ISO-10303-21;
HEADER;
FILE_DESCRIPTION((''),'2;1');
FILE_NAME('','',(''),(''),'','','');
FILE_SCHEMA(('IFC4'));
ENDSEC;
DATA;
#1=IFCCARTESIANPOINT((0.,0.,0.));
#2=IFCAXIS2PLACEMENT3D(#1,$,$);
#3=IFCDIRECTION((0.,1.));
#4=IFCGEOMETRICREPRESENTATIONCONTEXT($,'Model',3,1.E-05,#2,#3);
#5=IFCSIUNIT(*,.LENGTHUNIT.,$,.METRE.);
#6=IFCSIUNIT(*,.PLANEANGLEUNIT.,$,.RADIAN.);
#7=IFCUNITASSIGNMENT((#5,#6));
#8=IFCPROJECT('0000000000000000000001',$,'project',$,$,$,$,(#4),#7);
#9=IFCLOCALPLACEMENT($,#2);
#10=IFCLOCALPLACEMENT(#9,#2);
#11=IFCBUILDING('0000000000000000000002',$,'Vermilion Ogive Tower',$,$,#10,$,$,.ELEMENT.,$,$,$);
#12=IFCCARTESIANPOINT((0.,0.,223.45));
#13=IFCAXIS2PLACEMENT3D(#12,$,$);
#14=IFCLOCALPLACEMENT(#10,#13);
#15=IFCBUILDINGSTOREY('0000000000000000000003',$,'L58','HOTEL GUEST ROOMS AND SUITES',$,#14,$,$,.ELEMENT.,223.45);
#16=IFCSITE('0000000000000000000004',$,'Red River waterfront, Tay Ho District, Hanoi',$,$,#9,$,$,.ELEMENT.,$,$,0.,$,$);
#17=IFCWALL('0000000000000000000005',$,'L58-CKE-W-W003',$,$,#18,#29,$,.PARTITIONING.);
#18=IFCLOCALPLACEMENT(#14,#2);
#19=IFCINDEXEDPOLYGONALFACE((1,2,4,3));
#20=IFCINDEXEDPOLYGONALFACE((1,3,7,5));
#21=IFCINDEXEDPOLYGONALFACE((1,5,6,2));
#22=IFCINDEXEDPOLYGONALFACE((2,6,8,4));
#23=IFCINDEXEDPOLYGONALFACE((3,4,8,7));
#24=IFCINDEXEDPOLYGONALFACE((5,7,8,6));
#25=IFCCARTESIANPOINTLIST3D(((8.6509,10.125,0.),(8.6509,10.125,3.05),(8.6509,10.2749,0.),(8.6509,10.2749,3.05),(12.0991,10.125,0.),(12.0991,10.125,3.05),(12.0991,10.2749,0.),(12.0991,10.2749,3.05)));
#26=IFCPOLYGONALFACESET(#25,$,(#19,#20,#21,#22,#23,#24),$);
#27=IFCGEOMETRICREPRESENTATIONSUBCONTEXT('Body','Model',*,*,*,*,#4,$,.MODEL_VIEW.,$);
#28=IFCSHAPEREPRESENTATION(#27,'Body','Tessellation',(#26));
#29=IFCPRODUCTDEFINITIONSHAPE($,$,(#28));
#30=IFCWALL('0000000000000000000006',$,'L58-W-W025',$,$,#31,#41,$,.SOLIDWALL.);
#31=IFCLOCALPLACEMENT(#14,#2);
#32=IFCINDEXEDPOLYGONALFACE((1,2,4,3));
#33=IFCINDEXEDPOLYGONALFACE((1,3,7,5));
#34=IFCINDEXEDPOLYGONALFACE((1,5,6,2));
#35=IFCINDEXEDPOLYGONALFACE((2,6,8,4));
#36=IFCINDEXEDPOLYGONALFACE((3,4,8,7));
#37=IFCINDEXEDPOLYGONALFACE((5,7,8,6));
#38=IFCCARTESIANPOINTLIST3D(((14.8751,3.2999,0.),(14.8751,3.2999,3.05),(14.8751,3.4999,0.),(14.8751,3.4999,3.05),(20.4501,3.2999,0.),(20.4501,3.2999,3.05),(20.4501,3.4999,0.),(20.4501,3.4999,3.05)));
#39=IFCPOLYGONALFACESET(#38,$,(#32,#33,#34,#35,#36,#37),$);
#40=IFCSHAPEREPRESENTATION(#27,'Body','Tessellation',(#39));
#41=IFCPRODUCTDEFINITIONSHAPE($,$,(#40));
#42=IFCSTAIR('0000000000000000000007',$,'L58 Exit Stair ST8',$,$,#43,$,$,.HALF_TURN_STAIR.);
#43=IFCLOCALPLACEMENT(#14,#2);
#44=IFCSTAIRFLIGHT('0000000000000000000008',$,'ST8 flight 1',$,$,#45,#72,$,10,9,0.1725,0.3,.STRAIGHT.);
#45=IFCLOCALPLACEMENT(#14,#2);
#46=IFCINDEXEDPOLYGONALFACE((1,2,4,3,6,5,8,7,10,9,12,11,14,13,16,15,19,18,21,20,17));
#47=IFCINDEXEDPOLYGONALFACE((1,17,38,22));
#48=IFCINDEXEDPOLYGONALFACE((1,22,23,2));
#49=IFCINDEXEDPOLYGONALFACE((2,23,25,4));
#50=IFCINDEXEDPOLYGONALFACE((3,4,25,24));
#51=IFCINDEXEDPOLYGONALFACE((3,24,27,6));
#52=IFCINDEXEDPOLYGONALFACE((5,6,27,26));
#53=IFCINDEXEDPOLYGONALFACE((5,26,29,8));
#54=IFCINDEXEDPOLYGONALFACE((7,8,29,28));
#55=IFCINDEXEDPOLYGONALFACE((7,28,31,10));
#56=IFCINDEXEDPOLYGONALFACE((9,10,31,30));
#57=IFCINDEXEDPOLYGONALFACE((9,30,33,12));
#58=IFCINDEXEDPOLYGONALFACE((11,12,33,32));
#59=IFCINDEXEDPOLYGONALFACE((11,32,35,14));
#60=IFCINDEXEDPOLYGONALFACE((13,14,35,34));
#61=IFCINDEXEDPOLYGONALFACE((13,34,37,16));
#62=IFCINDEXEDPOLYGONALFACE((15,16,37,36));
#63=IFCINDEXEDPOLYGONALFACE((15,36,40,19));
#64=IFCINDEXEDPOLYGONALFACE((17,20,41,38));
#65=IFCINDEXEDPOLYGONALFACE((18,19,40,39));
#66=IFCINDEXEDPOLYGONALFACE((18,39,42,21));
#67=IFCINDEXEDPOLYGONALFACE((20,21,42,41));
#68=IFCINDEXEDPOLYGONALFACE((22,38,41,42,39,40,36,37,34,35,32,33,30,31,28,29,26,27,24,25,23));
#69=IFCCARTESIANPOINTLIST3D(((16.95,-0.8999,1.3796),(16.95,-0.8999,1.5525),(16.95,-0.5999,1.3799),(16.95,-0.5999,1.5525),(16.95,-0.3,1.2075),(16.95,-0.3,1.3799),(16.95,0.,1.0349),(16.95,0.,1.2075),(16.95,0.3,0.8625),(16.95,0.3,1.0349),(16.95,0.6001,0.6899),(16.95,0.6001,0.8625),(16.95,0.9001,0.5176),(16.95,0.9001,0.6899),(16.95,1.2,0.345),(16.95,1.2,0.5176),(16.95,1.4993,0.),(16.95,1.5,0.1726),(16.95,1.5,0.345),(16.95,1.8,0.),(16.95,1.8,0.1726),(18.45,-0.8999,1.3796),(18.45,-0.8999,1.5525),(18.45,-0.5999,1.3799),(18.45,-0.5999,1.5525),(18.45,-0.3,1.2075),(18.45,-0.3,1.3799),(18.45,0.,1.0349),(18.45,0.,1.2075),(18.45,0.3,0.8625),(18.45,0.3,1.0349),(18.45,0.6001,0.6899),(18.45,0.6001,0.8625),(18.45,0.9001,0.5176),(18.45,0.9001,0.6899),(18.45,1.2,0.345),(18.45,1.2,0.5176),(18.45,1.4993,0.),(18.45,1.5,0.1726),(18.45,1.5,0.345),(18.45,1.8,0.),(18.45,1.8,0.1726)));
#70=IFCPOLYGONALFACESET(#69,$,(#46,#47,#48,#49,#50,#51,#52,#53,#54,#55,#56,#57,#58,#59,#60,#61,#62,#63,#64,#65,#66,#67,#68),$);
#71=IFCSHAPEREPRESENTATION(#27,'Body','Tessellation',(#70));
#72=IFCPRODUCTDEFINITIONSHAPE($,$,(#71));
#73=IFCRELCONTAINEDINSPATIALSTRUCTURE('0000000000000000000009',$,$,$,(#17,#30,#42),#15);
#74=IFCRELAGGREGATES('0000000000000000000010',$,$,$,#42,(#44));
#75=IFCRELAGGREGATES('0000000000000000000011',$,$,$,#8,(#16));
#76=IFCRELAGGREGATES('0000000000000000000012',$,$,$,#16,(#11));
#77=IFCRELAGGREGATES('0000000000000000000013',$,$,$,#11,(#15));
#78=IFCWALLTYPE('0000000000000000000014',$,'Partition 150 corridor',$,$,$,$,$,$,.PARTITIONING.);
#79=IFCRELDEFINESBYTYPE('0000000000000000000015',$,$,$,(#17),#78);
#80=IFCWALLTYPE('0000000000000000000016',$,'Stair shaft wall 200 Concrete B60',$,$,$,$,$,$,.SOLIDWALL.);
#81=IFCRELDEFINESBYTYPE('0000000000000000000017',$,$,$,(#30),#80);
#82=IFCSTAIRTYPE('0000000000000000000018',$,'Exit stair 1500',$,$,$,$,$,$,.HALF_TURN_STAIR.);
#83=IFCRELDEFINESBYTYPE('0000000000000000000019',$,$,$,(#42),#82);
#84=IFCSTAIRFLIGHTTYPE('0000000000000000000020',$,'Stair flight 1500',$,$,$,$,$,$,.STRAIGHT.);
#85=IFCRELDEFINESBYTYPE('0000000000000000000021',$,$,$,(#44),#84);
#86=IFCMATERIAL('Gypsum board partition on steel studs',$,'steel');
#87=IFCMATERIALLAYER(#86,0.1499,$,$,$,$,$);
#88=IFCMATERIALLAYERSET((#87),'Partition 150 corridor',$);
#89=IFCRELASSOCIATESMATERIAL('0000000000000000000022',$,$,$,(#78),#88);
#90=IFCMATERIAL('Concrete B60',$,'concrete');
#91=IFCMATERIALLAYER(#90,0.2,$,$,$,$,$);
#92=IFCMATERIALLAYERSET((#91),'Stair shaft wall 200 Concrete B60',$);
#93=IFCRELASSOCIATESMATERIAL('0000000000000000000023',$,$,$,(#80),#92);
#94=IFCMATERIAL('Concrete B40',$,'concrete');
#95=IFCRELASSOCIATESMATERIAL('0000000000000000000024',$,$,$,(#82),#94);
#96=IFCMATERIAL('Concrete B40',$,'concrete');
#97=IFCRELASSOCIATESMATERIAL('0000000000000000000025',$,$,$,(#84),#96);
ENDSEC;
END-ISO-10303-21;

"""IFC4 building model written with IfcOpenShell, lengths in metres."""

from ifc_helpers import new_model, si_unit, direction, frame, frame_2d, origin, place, context, subcontext, project, spatial, polyline, rectangle, outline, extrude, material, layer, layer_set, type_object, element, aggregate, save


model = new_model("IFC4")

# Units and contexts
model_context = context("Model", 3, precision=1e-05, world=origin(), true_north=direction((0.0, 1.0)))
body_context = subcontext(model_context, "Body", "Model", "MODEL_VIEW")
ifc_project = project(units=[si_unit("LENGTHUNIT", "METRE"), si_unit("PLANEANGLEUNIT", "RADIAN")], contexts=[model_context])

# Site, building, storey
site_placement = place(None, origin())
site = spatial("IfcSite", under=ifc_project, at=site_placement, Name="Red River waterfront, Tay Ho District, Hanoi", CompositionType="ELEMENT", RefElevation=0.0)
building_placement = place(site_placement, origin())
building = spatial("IfcBuilding", under=site, at=building_placement, Name="Vermilion Ogive Tower", CompositionType="ELEMENT")
storey_placement = place(building_placement, frame((0.0, 0.0, 223.45)))
storey = spatial("IfcBuildingStorey", under=building, at=storey_placement, Name="L58", Description="HOTEL GUEST ROOMS AND SUITES", CompositionType="ELEMENT", Elevation=223.45)

# Walls
ifc_material_1 = material(Name="Gypsum board partition on steel studs", Category="steel")
ifc_layer_1 = layer(ifc_material_1, 0.1499)
ifc_layer_set_1 = layer_set([ifc_layer_1], Name="Partition 150 corridor")
wall_type_1 = type_object("IfcWallType", Name="Partition 150 corridor", PredefinedType="PARTITIONING", material=ifc_layer_set_1)
wall_1_placement = place(storey_placement, frame((8.6509, 10.2, 0.0), z_axis=(0.0, 0.0, 1.0), x_axis=(1.0, 0.0, 0.0)))
element("IfcWall", 1, at=wall_1_placement, inside=storey, type_object=wall_type_1, Name="L58-CKE-W-W003", PredefinedType="PARTITIONING", context=body_context, shape_type="SweptSolid", body=[
    extrude(rectangle(XDim=3.4482, YDim=0.1499, at=frame_2d((1.7241, 0.0))), origin(), (0.0, 0.0, 1.0), 3.05),
])
ifc_material_2 = material(Name="Concrete B60", Category="concrete")
ifc_layer_2 = layer(ifc_material_2, 0.2)
ifc_layer_set_2 = layer_set([ifc_layer_2], Name="Stair shaft wall 200 Concrete B60")
wall_type_2 = type_object("IfcWallType", Name="Stair shaft wall 200 Concrete B60", PredefinedType="SOLIDWALL", material=ifc_layer_set_2)
wall_2_placement = place(storey_placement, frame((14.875, 3.3999, 0.0), z_axis=(0.0, 0.0, 1.0), x_axis=(1.0, 0.0, 0.0)))
element("IfcWall", 2, at=wall_2_placement, inside=storey, type_object=wall_type_2, Name="L58-W-W025", PredefinedType="SOLIDWALL", context=body_context, shape_type="SweptSolid", body=[
    extrude(rectangle(XDim=5.575, YDim=0.2, at=frame_2d((2.7876, 0.0))), origin(), (0.0, 0.0, 1.0), 3.05),
])

# Stair, stair flight
ifc_material_3 = material(Name="Concrete B40", Category="concrete")
stair_type = type_object("IfcStairType", Name="Exit stair 1500", PredefinedType="HALF_TURN_STAIR", material=ifc_material_3)
stair_placement = place(storey_placement, origin())
stair = element("IfcStair", 3, at=stair_placement, inside=storey, type_object=stair_type, Name="L58 Exit Stair ST8", PredefinedType="HALF_TURN_STAIR")
ifc_material_4 = material(Name="Concrete B40", Category="concrete")
stair_flight_type = type_object("IfcStairFlightType", Name="Stair flight 1500", PredefinedType="STRAIGHT", material=ifc_material_4)
stair_flight_placement = place(storey_placement, frame((17.7, 1.8, 0.0), z_axis=(0.0, 0.0, 1.0), x_axis=(0.0, -1.0, 0.0)))
stair_flight = element("IfcStairFlight", 4, at=stair_flight_placement, type_object=stair_flight_type, Name="ST8 flight 1", NumberOfRisers=10, NumberOfTreads=9, PredefinedType="STRAIGHT", RiserHeight=0.1725, TreadLength=0.3, context=body_context, shape_type="SweptSolid", body=[
    extrude(outline(polyline([(0.0, 0.0), (0.0, 0.1726), (0.3, 0.1726), (0.3, 0.345), (0.6001, 0.345), (0.6001, 0.5176), (0.8999, 0.5176), (0.8999, 0.6899), (1.2, 0.6899), (1.2, 0.8625), (1.5, 0.8625), (1.5, 1.0349), (1.8, 1.0349), (1.8, 1.2075), (2.1001, 1.2075), (2.1001, 1.3799), (2.3999, 1.3799), (2.3999, 1.5525), (2.7, 1.5525), (2.7, 1.7251), (2.7, 1.3796), (0.3008, 0.0), (0.0, 0.0)])), frame((0.0, 0.75, 0.0), z_axis=(0.0, -1.0, 0.0), x_axis=(1.0, 0.0, 0.0)), (0.0, 0.0, 1.0), 1.5),
])
aggregate(stair, [stair_flight])

save(model, "model.ifc")
